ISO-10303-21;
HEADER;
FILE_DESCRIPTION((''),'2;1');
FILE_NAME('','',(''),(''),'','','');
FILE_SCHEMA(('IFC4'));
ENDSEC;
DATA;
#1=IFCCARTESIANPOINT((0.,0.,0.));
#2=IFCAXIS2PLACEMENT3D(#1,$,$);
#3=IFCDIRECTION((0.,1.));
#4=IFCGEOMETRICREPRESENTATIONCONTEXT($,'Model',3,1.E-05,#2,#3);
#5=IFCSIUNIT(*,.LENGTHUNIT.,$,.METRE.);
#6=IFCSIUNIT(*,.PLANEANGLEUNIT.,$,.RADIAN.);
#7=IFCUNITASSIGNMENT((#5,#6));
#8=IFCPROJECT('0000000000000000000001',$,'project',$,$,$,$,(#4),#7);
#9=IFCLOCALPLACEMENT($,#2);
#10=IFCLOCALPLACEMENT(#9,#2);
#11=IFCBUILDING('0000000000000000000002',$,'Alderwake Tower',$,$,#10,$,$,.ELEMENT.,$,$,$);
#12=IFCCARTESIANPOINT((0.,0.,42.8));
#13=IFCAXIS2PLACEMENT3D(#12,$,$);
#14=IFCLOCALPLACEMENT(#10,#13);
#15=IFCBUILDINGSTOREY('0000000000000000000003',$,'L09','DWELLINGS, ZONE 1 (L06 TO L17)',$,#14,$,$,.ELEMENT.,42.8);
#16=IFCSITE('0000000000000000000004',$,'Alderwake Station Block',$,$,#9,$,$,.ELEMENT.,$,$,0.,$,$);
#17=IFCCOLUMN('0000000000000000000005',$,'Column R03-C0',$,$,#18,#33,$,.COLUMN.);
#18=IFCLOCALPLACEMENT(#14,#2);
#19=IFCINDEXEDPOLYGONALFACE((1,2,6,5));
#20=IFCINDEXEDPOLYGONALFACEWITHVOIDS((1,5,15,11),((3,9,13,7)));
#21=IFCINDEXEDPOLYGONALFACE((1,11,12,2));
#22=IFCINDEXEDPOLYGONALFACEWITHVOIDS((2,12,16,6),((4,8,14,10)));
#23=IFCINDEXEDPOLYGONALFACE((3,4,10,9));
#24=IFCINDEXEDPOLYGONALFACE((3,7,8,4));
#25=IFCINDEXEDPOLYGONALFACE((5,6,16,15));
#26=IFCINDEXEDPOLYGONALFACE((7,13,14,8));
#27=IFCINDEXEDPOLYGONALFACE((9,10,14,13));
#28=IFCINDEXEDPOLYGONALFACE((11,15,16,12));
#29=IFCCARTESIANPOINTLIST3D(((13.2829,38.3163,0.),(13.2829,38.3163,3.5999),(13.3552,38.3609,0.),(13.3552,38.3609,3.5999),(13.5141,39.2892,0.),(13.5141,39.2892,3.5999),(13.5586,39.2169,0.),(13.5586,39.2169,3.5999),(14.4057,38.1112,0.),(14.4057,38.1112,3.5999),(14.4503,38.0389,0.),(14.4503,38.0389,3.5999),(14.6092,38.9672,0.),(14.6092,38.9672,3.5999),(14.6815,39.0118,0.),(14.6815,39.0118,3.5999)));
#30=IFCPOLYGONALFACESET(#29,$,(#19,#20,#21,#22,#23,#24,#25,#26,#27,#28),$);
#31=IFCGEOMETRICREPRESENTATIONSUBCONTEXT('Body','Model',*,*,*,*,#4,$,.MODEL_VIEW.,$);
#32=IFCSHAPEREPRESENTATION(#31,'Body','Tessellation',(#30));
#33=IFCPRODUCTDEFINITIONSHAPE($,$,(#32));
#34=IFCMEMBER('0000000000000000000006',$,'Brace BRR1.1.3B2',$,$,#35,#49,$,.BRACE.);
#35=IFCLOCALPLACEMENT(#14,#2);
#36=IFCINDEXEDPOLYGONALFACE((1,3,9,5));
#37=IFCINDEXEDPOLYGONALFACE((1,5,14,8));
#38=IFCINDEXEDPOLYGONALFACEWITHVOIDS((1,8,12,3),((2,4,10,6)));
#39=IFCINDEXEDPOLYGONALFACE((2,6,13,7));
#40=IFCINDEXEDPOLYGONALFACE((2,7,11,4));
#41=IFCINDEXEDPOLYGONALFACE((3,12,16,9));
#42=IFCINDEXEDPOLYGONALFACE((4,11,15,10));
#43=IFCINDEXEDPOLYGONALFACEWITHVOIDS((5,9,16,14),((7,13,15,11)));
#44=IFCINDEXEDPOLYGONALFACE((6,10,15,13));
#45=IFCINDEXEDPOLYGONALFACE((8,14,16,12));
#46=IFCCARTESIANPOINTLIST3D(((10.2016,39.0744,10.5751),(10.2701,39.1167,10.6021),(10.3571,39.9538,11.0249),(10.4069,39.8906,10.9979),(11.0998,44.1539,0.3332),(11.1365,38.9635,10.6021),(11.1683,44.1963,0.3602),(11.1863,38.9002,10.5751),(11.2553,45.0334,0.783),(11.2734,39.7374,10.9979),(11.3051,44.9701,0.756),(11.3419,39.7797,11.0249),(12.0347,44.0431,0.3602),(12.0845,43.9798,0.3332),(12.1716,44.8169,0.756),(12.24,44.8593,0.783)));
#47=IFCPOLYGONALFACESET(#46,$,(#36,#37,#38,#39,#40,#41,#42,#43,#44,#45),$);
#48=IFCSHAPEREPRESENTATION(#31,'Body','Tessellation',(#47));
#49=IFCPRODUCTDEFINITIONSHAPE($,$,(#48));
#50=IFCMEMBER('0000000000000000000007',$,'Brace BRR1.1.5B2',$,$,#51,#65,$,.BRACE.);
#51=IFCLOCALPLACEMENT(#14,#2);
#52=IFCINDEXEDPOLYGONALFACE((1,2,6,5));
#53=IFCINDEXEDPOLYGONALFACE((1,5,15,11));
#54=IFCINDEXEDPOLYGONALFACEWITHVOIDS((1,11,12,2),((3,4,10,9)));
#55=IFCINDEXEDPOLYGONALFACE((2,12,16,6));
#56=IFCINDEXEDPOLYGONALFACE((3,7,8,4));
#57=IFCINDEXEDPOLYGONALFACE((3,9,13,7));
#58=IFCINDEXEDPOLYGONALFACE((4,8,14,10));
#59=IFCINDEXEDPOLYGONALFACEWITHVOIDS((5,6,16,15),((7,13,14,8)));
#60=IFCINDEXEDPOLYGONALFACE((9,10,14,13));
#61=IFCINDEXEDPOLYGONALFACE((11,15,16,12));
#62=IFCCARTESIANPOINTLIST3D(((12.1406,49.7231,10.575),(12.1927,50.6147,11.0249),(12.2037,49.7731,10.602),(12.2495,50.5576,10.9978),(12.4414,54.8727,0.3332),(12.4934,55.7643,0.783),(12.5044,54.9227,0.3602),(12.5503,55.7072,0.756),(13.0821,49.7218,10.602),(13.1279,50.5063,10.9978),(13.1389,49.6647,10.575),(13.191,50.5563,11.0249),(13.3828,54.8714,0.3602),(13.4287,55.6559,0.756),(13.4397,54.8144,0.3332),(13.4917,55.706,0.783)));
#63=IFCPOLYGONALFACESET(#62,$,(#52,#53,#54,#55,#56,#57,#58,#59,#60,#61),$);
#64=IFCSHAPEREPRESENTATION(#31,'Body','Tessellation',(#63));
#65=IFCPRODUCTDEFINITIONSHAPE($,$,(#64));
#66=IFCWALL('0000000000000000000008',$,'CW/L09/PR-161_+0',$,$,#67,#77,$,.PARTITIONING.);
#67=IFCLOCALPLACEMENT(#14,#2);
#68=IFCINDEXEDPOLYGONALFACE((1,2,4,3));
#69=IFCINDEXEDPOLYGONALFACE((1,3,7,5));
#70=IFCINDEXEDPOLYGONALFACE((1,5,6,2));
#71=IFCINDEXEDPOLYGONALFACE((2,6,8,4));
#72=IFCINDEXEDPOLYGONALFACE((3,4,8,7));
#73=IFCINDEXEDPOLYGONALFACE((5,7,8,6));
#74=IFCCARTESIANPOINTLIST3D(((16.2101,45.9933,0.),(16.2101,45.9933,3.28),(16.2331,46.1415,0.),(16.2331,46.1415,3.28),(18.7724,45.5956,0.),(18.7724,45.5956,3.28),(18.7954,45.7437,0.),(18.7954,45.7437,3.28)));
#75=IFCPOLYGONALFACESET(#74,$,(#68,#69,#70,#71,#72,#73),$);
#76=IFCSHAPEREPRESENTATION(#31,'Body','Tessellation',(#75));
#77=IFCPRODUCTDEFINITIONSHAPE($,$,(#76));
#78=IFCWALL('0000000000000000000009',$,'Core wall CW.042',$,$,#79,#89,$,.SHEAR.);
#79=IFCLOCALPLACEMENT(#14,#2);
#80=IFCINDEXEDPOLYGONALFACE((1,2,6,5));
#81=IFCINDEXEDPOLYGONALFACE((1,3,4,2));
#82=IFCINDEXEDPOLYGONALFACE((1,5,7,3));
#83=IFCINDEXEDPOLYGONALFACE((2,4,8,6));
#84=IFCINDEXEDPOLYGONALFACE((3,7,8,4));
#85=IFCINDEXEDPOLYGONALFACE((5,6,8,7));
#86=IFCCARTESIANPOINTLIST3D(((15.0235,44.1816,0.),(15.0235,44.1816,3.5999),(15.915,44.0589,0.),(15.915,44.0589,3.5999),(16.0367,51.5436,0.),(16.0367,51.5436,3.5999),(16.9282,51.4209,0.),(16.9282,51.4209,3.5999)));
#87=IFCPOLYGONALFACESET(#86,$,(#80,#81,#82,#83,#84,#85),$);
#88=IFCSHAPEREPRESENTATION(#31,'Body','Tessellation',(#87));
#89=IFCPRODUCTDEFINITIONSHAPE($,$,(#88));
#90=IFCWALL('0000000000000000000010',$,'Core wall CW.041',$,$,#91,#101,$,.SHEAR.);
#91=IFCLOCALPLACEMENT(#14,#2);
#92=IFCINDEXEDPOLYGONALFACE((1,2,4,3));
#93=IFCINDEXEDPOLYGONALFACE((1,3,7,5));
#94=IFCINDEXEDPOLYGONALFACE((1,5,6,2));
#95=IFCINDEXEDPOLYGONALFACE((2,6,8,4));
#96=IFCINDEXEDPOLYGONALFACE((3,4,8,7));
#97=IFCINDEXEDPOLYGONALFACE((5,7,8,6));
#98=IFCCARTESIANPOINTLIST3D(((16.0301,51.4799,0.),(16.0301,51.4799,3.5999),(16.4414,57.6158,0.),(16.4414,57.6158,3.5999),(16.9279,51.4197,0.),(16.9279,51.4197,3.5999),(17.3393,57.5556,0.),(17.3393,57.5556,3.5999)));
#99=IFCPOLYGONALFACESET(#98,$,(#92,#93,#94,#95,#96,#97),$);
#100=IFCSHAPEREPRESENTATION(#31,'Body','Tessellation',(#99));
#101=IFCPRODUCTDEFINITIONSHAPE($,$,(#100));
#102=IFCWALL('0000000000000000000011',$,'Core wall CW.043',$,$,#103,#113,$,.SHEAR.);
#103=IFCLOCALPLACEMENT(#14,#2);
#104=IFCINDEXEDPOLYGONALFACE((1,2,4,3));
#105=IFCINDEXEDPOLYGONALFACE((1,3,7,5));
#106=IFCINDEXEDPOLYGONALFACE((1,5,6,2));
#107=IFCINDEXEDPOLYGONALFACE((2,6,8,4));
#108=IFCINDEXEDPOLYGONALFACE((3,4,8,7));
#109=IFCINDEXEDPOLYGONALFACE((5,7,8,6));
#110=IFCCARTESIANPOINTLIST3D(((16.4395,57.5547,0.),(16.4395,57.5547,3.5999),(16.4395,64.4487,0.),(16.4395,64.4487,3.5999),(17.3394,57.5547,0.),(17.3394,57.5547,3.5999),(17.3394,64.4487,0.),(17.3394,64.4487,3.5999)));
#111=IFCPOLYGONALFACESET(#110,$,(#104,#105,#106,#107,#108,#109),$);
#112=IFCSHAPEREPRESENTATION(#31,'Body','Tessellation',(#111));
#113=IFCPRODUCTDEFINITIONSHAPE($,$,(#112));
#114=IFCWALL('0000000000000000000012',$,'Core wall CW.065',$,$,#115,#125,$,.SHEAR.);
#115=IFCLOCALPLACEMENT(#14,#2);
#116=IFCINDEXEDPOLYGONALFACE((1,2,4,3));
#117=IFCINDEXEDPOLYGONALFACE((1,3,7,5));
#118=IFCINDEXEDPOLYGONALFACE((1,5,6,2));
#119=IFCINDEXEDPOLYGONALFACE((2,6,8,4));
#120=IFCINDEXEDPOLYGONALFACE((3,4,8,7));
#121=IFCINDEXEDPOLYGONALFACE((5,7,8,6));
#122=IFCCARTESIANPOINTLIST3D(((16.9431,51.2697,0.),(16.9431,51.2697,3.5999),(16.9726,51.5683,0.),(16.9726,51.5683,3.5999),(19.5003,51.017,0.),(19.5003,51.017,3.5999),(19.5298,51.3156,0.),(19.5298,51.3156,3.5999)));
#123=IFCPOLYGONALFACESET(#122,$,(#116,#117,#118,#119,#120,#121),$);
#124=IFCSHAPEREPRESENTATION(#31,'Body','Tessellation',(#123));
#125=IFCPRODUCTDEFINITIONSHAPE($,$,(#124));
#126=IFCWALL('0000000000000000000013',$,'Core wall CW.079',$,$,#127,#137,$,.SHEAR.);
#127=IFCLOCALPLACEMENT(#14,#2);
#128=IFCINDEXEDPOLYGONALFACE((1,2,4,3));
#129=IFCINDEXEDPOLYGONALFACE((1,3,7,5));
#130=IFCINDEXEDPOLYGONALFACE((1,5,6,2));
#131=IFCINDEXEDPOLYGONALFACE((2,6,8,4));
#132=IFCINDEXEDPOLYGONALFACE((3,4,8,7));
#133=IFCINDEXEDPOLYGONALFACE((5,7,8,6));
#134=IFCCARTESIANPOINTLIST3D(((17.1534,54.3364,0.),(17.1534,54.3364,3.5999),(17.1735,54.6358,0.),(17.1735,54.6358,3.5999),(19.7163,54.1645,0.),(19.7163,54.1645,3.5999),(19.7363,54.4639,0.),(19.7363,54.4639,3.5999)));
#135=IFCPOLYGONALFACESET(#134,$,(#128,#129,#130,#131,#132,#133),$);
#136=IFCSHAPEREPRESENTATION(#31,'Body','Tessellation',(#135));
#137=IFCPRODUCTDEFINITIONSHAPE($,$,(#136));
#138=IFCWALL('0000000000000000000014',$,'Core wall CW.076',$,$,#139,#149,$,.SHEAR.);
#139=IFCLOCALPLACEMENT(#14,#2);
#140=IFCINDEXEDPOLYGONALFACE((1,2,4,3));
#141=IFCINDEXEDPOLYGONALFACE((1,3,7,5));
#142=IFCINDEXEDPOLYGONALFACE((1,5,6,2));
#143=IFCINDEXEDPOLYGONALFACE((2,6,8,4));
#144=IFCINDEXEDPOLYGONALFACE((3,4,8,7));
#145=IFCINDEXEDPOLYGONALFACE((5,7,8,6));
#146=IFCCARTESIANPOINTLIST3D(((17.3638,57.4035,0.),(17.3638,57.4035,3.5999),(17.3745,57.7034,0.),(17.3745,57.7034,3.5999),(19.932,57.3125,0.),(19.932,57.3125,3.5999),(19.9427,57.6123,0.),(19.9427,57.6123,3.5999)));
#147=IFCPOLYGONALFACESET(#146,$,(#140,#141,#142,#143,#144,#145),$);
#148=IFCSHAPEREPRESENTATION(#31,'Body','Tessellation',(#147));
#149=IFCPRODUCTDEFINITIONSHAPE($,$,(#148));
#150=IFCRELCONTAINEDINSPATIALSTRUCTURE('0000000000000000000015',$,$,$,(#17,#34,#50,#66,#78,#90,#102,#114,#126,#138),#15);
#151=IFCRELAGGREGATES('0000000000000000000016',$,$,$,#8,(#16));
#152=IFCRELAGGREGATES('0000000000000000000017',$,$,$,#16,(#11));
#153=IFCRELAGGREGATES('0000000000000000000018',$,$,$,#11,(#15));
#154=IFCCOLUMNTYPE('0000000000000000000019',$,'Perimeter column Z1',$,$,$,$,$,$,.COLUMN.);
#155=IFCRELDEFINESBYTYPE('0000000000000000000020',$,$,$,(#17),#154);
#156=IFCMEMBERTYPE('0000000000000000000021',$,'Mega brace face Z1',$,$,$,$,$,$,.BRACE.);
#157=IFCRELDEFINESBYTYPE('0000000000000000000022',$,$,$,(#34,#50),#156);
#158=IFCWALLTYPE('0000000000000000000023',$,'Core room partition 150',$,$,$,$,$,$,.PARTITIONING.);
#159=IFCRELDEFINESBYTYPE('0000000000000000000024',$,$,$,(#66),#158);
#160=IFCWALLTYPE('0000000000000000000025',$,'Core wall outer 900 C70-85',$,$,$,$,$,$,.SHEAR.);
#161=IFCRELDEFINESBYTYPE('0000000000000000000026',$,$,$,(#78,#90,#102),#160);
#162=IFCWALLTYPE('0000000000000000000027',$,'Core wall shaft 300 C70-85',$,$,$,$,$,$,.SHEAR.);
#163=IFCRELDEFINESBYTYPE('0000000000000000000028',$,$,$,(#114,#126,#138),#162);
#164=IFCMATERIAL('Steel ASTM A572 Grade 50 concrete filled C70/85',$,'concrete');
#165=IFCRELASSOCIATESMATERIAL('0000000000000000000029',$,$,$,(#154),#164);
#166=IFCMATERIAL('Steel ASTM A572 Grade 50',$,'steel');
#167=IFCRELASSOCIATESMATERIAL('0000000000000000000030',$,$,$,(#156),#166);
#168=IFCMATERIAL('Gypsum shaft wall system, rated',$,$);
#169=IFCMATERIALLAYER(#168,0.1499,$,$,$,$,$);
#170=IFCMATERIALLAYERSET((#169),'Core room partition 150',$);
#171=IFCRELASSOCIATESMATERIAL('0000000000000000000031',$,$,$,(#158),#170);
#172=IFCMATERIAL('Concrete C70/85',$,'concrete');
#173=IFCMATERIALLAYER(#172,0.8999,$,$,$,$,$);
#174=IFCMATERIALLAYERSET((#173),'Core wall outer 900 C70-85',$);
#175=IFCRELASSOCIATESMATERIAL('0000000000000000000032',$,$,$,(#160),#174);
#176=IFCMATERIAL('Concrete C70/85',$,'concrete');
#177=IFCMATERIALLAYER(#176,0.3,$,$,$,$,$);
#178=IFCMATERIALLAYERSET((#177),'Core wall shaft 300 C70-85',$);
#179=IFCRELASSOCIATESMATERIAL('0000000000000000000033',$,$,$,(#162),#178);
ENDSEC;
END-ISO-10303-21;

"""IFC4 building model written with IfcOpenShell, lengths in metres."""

from ifc_helpers import new_model, si_unit, direction, frame, frame_2d, origin, origin_2d, place, context, subcontext, project, spatial, rectangle, hollow_rectangle, extrude, material, layer, layer_set, material_profile, profile_set, type_object, element, save


model = new_model("IFC4")

# Units and contexts
model_context = context("Model", 3, precision=1e-05, world=origin(), true_north=direction((0.0, 1.0)))
body_context = subcontext(model_context, "Body", "Model", "MODEL_VIEW")
ifc_project = project(units=[si_unit("LENGTHUNIT", "METRE"), si_unit("PLANEANGLEUNIT", "RADIAN")], contexts=[model_context])

# Site, building, storey
site_placement = place(None, origin())
site = spatial("IfcSite", under=ifc_project, at=site_placement, Name="Alderwake Station Block", CompositionType="ELEMENT", RefElevation=0.0)
building_placement = place(site_placement, origin())
building = spatial("IfcBuilding", under=site, at=building_placement, Name="Alderwake Tower", CompositionType="ELEMENT")
storey_placement = place(building_placement, frame((0.0, 0.0, 42.8)))
storey = spatial("IfcBuildingStorey", under=building, at=storey_placement, Name="L09", Description="DWELLINGS, ZONE 1 (L06 TO L17)", CompositionType="ELEMENT", Elevation=42.8)

# Column
ifc_material_1 = material(Name="Steel ASTM A572 Grade 50 concrete filled C70/85", Category="concrete")
ifc_material_profile_1 = material_profile(ifc_material_1, hollow_rectangle(XDim=1.0, YDim=1.2, WallThickness=0.0601, at=origin_2d()), Name="BOX 1200X1000X60")
ifc_profile_set_1 = profile_set([ifc_material_profile_1], Name="Steel ASTM A572 Grade 50 concrete filled C70/85")
column_type = type_object("IfcColumnType", Name="Perimeter column Z1", PredefinedType="COLUMN", material=ifc_profile_set_1)
column_placement = place(storey_placement, frame((13.9822, 38.6641, 0.0), z_axis=(0.0, 0.0, 1.0), x_axis=(0.231222, 0.972901, 0.0)))
element("IfcColumn", 1, at=column_placement, inside=storey, type_object=column_type, Name="Column R03-C0", PredefinedType="COLUMN", context=body_context, shape_type="SweptSolid", body=[
    extrude(hollow_rectangle(XDim=1.0, YDim=1.2, WallThickness=0.0601, at=origin_2d()), origin(), (0.0, 0.0, 1.0), 3.5999),
])

# Members
ifc_material_2 = material(Name="Steel ASTM A572 Grade 50", Category="steel")
ifc_material_profile_2 = material_profile(ifc_material_2, hollow_rectangle(XDim=1.0, YDim=1.0, WallThickness=0.0601, at=origin_2d()), Name="BOX 1000X1000X60")
ifc_profile_set_2 = profile_set([ifc_material_profile_2], Name="Steel ASTM A572 Grade 50")
member_type = type_object("IfcMemberType", Name="Mega brace face Z1", PredefinedType="BRACE", material=ifc_profile_set_2)
for number, where, z_axis, x_axis, name in (
    (2, (11.6699, 44.5066, 0.5581), (-0.078324, -0.442951, 0.893118), (0.984724, -0.174123, 0.0), "Brace BRR1.1.3B2"),
    (3, (12.9666, 55.2893, 0.5581), (-0.026229, -0.44906, 0.893117), (0.998299, -0.058309, 0.0), "Brace BRR1.1.5B2"),
):
    element("IfcMember", number, at=place(storey_placement, frame(where, z_axis=z_axis, x_axis=x_axis)), inside=storey, type_object=member_type, Name=name, PredefinedType="BRACE", context=body_context, shape_type="SweptSolid", body=[
        extrude(hollow_rectangle(XDim=1.0, YDim=1.0, WallThickness=0.0601, at=origin_2d()), origin(), (0.0, 0.0, 1.0), 11.4675),
    ])

# Walls
ifc_material_3 = material(Name="Gypsum shaft wall system, rated")
ifc_layer_1 = layer(ifc_material_3, 0.1499)
ifc_layer_set_1 = layer_set([ifc_layer_1], Name="Core room partition 150")
wall_type_1 = type_object("IfcWallType", Name="Core room partition 150", PredefinedType="PARTITIONING", material=ifc_layer_set_1)
wall_1_placement = place(storey_placement, frame((16.2217, 46.0674, 0.0), z_axis=(0.0, 0.0, 1.0), x_axis=(0.988167, -0.15338, 0.0)))
element("IfcWall", 4, at=wall_1_placement, inside=storey, type_object=wall_type_1, Name="CW/L09/PR-161_+0", PredefinedType="PARTITIONING", context=body_context, shape_type="SweptSolid", body=[
    extrude(rectangle(XDim=2.593, YDim=0.1499, at=frame_2d((1.2964, 0.0))), origin(), (0.0, 0.0, 1.0), 3.28),
])
ifc_material_4 = material(Name="Concrete C70/85", Category="concrete")
ifc_layer_2 = layer(ifc_material_4, 0.8999)
ifc_layer_set_2 = layer_set([ifc_layer_2], Name="Core wall outer 900 C70-85")
wall_type_2 = type_object("IfcWallType", Name="Core wall outer 900 C70-85", PredefinedType="SHEAR", material=ifc_layer_set_2)
wall_2_placement = place(storey_placement, frame((15.4692, 44.1201, 0.0), z_axis=(0.0, 0.0, 1.0), x_axis=(0.136337, 0.990662, 0.0)))
element("IfcWall", 5, at=wall_2_placement, inside=storey, type_object=wall_type_2, Name="Core wall CW.042", PredefinedType="SHEAR", context=body_context, shape_type="SweptSolid", body=[
    extrude(rectangle(XDim=7.4314, YDim=0.8999, at=frame_2d((3.7158, 0.0))), origin(), (0.0, 0.0, 1.0), 3.5999),
])
wall_3_placement = place(storey_placement, frame((16.479, 51.45, 0.0), z_axis=(0.0, 0.0, 1.0), x_axis=(0.066893, 0.99776, 0.0)))
element("IfcWall", 6, at=wall_3_placement, inside=storey, type_object=wall_type_2, Name="Core wall CW.041", PredefinedType="SHEAR", context=body_context, shape_type="SweptSolid", body=[
    extrude(rectangle(XDim=6.1497, YDim=0.8999, at=frame_2d((3.0747, 0.0))), origin(), (0.0, 0.0, 1.0), 3.5999),
])
wall_4_placement = place(storey_placement, frame((16.8894, 57.5547, 0.0), z_axis=(0.0, 0.0, 1.0), x_axis=(0.0, 1.0, 0.0)))
element("IfcWall", 7, at=wall_4_placement, inside=storey, type_object=wall_type_2, Name="Core wall CW.043", PredefinedType="SHEAR", context=body_context, shape_type="SweptSolid", body=[
    extrude(rectangle(XDim=6.894, YDim=0.8999, at=frame_2d((3.447, 0.0))), origin(), (0.0, 0.0, 1.0), 3.5999),
])
ifc_material_5 = material(Name="Concrete C70/85", Category="concrete")
ifc_layer_3 = layer(ifc_material_5, 0.3)
ifc_layer_set_3 = layer_set([ifc_layer_3], Name="Core wall shaft 300 C70-85")
wall_type_3 = type_object("IfcWallType", Name="Core wall shaft 300 C70-85", PredefinedType="SHEAR", material=ifc_layer_set_3)
wall_5_placement = place(storey_placement, frame((16.958, 51.4189, 0.0), z_axis=(0.0, 0.0, 1.0), x_axis=(0.995153, -0.098337, 0.0)))
element("IfcWall", 8, at=wall_5_placement, inside=storey, type_object=wall_type_3, Name="Core wall CW.065", PredefinedType="SHEAR", context=body_context, shape_type="SweptSolid", body=[
    extrude(rectangle(XDim=2.5696, YDim=0.3, at=frame_2d((1.2847, 0.0))), origin(), (0.0, 0.0, 1.0), 3.5999),
])
wall_6_placement = place(storey_placement, frame((17.1636, 54.4861, 0.0), z_axis=(0.0, 0.0, 1.0), x_axis=(0.997759, -0.066916, 0.0)))
element("IfcWall", 9, at=wall_6_placement, inside=storey, type_object=wall_type_3, Name="Core wall CW.079", PredefinedType="SHEAR", context=body_context, shape_type="SweptSolid", body=[
    extrude(rectangle(XDim=2.5686, YDim=0.3, at=frame_2d((1.2842, 0.0))), origin(), (0.0, 0.0, 1.0), 3.5999),
])
wall_7_placement = place(storey_placement, frame((17.3691, 57.5535, 0.0), z_axis=(0.0, 0.0, 1.0), x_axis=(0.999372, -0.035437, 0.0)))
element("IfcWall", 10, at=wall_7_placement, inside=storey, type_object=wall_type_3, Name="Core wall CW.076", PredefinedType="SHEAR", context=body_context, shape_type="SweptSolid", body=[
    extrude(rectangle(XDim=2.5698, YDim=0.3, at=frame_2d((1.2849, 0.0))), origin(), (0.0, 0.0, 1.0), 3.5999),
])

save(model, "model.ifc")
